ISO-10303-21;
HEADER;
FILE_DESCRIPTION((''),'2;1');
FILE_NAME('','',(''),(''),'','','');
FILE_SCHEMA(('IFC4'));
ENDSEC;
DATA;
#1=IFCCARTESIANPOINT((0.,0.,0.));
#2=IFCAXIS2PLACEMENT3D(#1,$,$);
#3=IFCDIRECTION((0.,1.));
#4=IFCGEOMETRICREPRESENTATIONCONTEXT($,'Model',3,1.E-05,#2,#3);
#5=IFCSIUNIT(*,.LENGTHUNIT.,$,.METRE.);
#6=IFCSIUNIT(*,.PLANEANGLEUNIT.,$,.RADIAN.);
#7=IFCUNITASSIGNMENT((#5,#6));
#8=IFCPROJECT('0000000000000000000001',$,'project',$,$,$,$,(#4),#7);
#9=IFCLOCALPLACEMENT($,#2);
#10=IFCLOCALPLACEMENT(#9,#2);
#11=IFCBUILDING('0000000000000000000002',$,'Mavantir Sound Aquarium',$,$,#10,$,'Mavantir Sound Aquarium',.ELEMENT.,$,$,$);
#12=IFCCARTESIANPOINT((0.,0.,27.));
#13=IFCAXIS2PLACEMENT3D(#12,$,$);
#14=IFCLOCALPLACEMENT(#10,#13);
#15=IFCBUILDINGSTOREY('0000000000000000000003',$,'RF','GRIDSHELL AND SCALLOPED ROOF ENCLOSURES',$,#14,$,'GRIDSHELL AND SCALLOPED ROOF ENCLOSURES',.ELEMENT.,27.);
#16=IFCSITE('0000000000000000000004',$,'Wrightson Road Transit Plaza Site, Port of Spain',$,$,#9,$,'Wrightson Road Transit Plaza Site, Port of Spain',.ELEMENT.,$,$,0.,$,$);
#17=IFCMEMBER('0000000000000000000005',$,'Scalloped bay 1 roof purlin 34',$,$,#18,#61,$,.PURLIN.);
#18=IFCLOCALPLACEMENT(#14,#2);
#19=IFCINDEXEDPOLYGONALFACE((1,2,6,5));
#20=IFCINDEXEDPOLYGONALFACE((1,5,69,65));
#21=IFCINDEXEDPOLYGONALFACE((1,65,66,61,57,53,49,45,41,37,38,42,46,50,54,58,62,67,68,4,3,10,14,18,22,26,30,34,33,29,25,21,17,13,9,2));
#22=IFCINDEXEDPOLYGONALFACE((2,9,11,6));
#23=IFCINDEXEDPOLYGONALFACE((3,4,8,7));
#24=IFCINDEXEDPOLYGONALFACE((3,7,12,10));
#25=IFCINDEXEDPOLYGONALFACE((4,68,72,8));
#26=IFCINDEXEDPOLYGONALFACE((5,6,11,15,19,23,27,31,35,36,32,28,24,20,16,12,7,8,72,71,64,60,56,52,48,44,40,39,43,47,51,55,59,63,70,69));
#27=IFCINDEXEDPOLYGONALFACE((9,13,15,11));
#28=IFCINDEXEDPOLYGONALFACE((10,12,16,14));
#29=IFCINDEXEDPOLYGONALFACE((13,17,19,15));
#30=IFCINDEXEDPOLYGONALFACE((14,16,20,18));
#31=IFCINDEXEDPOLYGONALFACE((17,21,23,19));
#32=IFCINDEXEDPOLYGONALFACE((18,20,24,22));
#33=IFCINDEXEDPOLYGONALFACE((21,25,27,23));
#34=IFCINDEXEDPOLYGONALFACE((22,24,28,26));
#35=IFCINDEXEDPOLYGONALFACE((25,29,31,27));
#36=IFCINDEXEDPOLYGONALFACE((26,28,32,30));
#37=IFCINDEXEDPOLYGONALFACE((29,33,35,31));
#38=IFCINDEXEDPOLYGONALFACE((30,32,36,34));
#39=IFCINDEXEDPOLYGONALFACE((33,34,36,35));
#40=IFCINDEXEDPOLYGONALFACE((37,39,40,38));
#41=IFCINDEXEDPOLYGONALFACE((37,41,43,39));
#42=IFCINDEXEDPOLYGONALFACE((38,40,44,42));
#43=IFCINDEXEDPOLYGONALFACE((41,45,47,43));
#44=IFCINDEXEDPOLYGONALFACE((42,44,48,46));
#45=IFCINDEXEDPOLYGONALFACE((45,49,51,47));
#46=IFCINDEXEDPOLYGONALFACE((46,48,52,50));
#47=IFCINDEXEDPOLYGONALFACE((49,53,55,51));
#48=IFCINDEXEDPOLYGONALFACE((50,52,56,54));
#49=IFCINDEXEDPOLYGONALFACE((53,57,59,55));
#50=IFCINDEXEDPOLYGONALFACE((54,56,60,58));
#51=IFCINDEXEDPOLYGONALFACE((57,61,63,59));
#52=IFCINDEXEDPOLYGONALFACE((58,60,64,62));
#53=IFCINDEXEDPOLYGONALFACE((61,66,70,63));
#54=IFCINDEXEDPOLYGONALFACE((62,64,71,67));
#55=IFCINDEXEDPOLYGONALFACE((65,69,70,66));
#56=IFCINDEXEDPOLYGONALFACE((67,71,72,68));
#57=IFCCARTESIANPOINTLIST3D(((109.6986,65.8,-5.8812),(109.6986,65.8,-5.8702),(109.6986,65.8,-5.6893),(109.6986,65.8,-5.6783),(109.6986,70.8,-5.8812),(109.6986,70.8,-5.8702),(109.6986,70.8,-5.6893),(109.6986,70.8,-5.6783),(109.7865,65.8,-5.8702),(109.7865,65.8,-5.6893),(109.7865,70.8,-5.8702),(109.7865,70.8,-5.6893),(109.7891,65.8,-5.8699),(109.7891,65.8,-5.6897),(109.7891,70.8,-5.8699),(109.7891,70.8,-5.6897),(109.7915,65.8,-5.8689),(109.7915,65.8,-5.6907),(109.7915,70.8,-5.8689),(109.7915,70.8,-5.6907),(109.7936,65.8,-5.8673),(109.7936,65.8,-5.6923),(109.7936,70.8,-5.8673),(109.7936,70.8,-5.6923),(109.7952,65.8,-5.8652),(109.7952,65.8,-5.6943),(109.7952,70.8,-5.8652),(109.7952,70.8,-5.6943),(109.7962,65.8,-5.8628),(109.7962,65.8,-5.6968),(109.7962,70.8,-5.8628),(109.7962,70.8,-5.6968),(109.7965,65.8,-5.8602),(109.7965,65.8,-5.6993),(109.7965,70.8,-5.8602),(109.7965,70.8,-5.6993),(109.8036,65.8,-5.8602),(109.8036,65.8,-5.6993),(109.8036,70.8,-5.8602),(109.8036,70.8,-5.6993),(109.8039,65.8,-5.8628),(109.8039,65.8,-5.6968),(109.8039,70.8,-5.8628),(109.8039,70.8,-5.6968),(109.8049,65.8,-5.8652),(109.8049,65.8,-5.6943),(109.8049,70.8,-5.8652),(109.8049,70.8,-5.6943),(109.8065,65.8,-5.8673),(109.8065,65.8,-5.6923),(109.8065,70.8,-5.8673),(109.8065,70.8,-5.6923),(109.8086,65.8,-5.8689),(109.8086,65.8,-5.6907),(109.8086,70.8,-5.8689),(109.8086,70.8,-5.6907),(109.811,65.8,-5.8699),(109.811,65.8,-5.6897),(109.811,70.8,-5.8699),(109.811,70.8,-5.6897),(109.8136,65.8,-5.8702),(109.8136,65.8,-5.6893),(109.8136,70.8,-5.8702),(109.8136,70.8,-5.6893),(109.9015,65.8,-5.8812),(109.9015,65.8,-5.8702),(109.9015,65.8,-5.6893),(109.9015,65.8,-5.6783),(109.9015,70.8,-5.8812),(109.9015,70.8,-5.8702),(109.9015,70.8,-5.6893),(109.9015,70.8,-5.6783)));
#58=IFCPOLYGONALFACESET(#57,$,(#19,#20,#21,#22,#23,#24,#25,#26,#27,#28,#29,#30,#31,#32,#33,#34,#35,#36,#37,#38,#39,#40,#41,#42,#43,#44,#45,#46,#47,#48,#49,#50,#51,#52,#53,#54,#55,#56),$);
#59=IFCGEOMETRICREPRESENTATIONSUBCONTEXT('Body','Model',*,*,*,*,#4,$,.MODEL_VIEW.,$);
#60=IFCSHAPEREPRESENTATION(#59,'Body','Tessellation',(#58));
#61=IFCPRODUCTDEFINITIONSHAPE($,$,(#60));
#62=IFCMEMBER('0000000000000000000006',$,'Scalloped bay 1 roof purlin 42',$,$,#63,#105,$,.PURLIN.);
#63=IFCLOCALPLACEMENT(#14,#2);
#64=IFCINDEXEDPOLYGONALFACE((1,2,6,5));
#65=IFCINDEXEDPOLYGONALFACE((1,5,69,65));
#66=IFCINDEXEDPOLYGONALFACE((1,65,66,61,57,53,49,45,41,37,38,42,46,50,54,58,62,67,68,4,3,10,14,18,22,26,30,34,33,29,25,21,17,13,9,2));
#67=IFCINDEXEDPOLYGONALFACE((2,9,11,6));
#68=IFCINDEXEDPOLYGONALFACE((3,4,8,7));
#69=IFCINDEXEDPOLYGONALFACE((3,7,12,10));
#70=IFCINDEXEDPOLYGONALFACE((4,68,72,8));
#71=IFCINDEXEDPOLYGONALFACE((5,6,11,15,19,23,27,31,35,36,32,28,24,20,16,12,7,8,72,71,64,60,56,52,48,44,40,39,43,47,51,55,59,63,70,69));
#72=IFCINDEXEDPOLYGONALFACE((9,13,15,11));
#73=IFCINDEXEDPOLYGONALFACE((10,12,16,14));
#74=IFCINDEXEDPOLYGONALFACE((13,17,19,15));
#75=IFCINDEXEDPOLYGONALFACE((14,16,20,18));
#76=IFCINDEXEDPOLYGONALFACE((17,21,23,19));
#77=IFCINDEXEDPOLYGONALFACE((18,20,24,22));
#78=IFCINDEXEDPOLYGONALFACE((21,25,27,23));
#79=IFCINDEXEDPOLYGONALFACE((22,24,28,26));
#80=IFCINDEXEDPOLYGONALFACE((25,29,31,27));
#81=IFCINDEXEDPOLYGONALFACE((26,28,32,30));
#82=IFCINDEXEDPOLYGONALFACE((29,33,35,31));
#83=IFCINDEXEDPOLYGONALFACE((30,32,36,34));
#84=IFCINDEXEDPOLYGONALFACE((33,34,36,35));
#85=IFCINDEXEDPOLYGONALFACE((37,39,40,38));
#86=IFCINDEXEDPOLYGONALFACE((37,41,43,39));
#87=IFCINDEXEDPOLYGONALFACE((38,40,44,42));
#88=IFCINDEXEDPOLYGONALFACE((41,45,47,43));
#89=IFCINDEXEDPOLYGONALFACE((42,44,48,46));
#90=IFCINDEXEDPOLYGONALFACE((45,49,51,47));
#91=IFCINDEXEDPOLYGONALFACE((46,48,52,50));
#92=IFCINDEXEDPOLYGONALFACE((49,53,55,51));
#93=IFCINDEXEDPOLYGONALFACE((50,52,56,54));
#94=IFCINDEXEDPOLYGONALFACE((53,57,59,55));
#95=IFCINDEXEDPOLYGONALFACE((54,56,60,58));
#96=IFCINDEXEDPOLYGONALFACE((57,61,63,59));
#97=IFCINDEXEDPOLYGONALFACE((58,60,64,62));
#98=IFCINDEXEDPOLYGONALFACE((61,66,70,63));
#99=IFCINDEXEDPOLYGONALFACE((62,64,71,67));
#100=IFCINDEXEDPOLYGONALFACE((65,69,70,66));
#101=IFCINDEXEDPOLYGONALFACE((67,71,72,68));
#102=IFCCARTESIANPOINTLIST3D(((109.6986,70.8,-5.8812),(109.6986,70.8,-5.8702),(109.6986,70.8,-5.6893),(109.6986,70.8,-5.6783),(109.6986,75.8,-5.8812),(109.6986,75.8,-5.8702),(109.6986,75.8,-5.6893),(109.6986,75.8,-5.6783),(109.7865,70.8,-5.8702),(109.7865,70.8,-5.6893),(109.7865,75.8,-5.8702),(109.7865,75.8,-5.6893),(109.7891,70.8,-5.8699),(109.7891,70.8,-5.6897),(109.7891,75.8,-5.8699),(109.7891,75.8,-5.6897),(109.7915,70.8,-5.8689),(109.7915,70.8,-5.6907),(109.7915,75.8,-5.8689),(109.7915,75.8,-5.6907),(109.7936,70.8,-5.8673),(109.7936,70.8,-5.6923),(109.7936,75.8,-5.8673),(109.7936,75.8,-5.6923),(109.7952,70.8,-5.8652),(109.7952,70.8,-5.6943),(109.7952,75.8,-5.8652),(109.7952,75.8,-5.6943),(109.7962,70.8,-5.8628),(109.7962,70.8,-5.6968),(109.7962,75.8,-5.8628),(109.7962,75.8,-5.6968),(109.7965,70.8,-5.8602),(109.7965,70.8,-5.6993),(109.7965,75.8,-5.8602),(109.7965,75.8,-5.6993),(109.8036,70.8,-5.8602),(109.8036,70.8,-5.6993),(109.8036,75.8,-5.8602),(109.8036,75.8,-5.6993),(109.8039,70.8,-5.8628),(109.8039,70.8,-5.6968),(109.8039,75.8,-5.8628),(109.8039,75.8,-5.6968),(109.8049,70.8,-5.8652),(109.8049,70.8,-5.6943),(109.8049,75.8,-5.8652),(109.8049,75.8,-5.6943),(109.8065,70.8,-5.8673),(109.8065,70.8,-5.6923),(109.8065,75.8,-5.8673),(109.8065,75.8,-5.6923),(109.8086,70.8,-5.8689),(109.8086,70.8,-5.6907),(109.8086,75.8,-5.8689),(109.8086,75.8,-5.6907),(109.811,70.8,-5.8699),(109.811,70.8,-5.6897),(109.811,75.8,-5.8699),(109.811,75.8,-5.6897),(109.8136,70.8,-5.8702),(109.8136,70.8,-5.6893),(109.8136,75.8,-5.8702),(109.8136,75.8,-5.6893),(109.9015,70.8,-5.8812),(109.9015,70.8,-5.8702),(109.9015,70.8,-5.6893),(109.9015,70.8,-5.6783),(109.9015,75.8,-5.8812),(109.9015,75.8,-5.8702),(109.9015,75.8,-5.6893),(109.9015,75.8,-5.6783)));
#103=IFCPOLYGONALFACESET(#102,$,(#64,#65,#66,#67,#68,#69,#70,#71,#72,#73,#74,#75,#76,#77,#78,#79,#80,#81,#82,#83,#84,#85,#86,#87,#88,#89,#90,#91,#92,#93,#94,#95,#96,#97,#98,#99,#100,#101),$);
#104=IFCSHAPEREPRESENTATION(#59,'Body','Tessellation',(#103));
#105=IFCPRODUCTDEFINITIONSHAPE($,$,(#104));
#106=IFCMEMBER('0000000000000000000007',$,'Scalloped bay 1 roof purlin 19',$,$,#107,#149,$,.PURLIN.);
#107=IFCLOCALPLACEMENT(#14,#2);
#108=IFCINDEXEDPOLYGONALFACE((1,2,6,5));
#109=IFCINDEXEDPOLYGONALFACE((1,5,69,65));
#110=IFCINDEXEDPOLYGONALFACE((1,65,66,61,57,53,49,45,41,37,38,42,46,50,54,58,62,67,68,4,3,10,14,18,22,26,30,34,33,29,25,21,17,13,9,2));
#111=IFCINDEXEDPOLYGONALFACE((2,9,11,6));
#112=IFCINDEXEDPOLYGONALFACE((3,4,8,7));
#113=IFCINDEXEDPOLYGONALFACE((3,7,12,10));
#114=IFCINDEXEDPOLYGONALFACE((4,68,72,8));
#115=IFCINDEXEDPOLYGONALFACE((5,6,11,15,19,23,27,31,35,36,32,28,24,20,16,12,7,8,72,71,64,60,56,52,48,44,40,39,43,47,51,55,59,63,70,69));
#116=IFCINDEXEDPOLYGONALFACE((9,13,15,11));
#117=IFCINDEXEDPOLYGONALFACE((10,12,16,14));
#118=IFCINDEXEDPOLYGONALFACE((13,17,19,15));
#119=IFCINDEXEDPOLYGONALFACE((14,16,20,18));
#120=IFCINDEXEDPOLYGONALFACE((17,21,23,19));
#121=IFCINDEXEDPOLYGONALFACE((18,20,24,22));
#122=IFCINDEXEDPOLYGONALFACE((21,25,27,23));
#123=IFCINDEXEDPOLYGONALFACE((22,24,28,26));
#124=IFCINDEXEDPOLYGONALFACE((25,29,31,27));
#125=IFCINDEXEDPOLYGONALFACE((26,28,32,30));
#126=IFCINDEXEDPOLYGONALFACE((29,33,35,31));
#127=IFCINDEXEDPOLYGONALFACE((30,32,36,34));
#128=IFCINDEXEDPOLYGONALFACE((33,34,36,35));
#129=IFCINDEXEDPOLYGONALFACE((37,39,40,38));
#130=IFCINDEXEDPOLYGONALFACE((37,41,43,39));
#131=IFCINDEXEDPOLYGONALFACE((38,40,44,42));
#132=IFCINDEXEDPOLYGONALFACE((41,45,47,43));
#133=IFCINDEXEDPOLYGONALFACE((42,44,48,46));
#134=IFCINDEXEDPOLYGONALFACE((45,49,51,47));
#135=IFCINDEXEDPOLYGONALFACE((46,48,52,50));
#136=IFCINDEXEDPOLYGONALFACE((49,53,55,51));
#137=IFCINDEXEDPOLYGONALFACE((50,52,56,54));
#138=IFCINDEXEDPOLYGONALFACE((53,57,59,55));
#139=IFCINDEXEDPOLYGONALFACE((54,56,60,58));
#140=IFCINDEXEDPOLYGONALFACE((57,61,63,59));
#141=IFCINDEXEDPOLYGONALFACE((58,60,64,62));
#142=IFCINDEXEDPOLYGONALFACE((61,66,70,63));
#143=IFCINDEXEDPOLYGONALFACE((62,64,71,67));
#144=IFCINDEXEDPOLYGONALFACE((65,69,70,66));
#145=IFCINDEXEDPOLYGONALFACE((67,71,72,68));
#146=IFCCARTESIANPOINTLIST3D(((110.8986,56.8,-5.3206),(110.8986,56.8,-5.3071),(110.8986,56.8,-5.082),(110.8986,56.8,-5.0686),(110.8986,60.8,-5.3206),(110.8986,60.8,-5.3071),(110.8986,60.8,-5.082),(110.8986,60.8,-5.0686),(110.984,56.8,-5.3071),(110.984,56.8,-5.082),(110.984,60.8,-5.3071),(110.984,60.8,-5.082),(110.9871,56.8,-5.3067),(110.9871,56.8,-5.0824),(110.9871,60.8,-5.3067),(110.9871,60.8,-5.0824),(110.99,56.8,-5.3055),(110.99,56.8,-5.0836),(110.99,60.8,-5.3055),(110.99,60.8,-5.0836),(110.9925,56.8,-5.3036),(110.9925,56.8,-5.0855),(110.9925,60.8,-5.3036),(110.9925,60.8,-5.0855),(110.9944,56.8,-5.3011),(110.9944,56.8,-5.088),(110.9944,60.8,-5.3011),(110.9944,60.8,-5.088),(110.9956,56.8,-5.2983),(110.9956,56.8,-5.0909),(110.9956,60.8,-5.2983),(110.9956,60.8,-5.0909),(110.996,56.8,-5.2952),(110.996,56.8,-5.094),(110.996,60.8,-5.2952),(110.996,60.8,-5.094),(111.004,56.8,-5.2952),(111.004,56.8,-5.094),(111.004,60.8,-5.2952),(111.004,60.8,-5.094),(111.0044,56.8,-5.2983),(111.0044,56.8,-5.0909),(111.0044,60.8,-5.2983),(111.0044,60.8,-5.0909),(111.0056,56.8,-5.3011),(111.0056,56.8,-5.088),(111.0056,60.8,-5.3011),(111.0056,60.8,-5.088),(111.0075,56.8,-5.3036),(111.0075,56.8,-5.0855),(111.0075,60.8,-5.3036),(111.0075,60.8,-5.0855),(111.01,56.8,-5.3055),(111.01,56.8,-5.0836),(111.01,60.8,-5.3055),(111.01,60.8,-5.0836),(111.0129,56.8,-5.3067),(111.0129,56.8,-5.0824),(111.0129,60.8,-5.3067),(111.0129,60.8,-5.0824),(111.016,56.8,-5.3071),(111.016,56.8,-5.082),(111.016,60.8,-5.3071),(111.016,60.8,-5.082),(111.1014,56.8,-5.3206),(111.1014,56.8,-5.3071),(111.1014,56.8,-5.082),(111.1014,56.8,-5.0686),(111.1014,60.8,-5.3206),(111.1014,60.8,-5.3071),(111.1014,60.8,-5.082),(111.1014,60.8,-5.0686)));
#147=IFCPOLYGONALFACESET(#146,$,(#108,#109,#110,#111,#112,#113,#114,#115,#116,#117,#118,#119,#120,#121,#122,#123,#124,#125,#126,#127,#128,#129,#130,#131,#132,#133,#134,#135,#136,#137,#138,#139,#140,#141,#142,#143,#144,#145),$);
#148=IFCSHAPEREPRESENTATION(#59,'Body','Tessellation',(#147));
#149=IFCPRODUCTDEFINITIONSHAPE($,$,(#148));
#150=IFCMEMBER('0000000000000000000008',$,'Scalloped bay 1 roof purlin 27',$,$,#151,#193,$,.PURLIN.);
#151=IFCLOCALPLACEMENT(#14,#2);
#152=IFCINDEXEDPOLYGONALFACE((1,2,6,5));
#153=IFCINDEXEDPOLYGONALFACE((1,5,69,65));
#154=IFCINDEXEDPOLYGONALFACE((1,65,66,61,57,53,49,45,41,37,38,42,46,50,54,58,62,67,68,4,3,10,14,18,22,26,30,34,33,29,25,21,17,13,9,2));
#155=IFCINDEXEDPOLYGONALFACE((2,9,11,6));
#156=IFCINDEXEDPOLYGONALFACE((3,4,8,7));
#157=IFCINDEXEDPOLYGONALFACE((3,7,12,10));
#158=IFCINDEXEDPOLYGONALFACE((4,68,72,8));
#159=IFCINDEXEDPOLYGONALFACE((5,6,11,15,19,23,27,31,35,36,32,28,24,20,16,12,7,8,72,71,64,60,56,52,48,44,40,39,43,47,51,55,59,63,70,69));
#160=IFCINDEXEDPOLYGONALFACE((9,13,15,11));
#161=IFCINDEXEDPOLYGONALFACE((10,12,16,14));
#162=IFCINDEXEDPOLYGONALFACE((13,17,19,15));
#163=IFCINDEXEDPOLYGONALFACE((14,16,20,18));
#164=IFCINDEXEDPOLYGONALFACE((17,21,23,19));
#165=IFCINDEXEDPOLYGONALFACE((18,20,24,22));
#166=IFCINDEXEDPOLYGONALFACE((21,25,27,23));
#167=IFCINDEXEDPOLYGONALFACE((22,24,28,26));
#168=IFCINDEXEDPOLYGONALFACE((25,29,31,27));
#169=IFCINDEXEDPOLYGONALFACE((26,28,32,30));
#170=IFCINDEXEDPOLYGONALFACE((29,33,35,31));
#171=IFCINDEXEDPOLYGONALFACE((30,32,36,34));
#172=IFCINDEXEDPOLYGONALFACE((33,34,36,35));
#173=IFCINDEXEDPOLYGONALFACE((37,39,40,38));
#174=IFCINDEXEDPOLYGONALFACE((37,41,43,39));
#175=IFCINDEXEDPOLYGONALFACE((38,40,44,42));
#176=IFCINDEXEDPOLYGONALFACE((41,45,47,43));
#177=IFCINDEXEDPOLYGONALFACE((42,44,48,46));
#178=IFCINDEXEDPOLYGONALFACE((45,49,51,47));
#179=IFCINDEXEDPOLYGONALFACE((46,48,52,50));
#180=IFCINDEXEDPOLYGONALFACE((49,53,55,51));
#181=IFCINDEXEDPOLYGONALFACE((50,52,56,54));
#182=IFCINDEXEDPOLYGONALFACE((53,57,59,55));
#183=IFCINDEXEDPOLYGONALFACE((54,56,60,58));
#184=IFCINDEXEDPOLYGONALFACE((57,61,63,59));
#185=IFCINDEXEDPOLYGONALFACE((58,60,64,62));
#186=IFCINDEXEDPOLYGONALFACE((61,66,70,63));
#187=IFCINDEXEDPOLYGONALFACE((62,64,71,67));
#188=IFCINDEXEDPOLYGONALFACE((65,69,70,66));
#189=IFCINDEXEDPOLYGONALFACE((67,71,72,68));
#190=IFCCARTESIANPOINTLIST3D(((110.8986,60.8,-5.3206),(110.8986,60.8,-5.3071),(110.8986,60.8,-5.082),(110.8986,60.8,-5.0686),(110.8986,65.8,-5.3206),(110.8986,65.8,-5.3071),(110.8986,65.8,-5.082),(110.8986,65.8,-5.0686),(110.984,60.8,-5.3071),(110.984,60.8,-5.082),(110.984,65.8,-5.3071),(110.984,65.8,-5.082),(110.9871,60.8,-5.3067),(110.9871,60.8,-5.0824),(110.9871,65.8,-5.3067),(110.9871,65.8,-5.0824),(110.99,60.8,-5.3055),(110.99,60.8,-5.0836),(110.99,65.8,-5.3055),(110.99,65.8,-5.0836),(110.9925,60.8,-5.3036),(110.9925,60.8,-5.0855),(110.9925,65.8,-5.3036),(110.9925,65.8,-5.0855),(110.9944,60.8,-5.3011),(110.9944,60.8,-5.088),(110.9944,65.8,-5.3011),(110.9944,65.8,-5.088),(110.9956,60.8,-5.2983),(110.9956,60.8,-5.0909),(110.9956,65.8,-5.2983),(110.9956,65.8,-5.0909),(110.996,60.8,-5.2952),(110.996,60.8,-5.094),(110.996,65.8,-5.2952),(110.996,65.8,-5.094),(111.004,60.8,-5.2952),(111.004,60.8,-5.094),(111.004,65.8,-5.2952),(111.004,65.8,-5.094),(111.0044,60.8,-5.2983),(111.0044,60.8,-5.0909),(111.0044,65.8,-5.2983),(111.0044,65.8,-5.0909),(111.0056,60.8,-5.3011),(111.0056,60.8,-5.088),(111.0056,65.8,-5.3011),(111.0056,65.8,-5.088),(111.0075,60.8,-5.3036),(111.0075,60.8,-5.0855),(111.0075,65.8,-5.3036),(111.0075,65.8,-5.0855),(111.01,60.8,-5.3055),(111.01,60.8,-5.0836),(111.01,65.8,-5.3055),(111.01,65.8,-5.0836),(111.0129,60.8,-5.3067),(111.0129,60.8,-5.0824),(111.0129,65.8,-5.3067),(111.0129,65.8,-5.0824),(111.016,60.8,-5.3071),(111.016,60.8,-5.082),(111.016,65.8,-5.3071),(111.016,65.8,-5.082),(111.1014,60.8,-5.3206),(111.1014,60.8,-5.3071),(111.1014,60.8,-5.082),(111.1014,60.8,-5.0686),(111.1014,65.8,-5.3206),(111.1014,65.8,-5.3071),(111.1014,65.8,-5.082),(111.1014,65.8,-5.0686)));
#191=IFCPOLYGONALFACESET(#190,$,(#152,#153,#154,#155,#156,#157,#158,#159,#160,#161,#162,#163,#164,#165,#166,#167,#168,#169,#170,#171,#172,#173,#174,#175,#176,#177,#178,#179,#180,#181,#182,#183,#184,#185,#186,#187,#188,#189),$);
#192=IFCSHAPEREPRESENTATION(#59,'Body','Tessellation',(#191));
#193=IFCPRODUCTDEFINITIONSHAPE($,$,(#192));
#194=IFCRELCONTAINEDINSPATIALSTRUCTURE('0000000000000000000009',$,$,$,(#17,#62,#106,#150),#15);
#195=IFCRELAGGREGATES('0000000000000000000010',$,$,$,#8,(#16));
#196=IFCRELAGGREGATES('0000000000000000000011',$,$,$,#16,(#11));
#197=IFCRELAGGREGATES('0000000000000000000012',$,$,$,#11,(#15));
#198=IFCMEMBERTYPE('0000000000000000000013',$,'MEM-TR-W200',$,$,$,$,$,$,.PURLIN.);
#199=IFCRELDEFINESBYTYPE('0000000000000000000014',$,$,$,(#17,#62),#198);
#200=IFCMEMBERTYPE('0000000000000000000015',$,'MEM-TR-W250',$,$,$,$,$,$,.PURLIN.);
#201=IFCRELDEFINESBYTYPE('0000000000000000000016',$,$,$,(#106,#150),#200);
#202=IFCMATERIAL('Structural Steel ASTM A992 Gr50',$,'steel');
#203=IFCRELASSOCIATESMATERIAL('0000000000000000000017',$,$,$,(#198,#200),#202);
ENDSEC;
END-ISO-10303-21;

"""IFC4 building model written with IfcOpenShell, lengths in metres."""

from ifc_helpers import new_model, si_unit, direction, frame, origin, origin_2d, place, context, subcontext, project, spatial, i_section, extrude, material, material_profile, profile_set, type_object, element, save


model = new_model("IFC4")

# Units and contexts
model_context = context("Model", 3, precision=1e-05, world=origin(), true_north=direction((0.0, 1.0)))
body_context = subcontext(model_context, "Body", "Model", "MODEL_VIEW")
ifc_project = project(units=[si_unit("LENGTHUNIT", "METRE"), si_unit("PLANEANGLEUNIT", "RADIAN")], contexts=[model_context])

# Site, building, storey
site_placement = place(None, origin())
site = spatial("IfcSite", under=ifc_project, at=site_placement, Name="Wrightson Road Transit Plaza Site, Port of Spain", LongName="Wrightson Road Transit Plaza Site, Port of Spain", CompositionType="ELEMENT", RefElevation=0.0)
building_placement = place(site_placement, origin())
building = spatial("IfcBuilding", under=site, at=building_placement, Name="Mavantir Sound Aquarium", LongName="Mavantir Sound Aquarium", CompositionType="ELEMENT")
storey_placement = place(building_placement, frame((0.0, 0.0, 27.0)))
storey = spatial("IfcBuildingStorey", under=building, at=storey_placement, Name="RF", Description="GRIDSHELL AND SCALLOPED ROOF ENCLOSURES", LongName="GRIDSHELL AND SCALLOPED ROOF ENCLOSURES", CompositionType="ELEMENT", Elevation=27.0)

# Members
ifc_material_1 = material(Name="Structural Steel ASTM A992 Gr50", Category="steel")
ifc_material_profile_1 = material_profile(ifc_material_1, i_section(OverallWidth=0.2029, OverallDepth=0.2029, WebThickness=0.0071, FlangeThickness=0.011, FilletRadius=0.01, at=origin_2d()), Name="W200X46")
ifc_profile_set_1 = profile_set([ifc_material_profile_1], Name="Structural Steel ASTM A992 Gr50")
member_type_1 = type_object("IfcMemberType", Name="MEM-TR-W200", PredefinedType="PURLIN", material=ifc_profile_set_1)
for number, where, z_axis, x_axis, name in (
    (1, (109.8, 65.8, -5.7798), (0.0, 1.0, 0.0), (-1.0, 0.0, 0.0), "Scalloped bay 1 roof purlin 34"),
    (2, (109.8, 70.8, -5.7798), (0.0, 1.0, 0.0), (-1.0, 0.0, 0.0), "Scalloped bay 1 roof purlin 42"),
):
    element("IfcMember", number, at=place(storey_placement, frame(where, z_axis=z_axis, x_axis=x_axis)), inside=storey, type_object=member_type_1, Name=name, PredefinedType="PURLIN", context=body_context, shape_type="SweptSolid", body=[
        extrude(i_section(OverallWidth=0.2029, OverallDepth=0.2029, WebThickness=0.0071, FlangeThickness=0.011, FilletRadius=0.01, at=origin_2d()), origin(), (0.0, 0.0, 1.0), 5.0),
    ])
ifc_material_profile_2 = material_profile(ifc_material_1, i_section(OverallWidth=0.2029, OverallDepth=0.252, WebThickness=0.0081, FlangeThickness=0.0134, FilletRadius=0.012, at=origin_2d()), Name="W250X58")
ifc_profile_set_2 = profile_set([ifc_material_profile_2], Name="Structural Steel ASTM A992 Gr50")
member_type_2 = type_object("IfcMemberType", Name="MEM-TR-W250", PredefinedType="PURLIN", material=ifc_profile_set_2)
member_1_placement = place(storey_placement, frame((111.0, 56.8, -5.1946), z_axis=(0.0, 1.0, 0.0), x_axis=(-1.0, 0.0, 0.0)))
element("IfcMember", 3, at=member_1_placement, inside=storey, type_object=member_type_2, Name="Scalloped bay 1 roof purlin 19", PredefinedType="PURLIN", context=body_context, shape_type="SweptSolid", body=[
    extrude(i_section(OverallWidth=0.2029, OverallDepth=0.252, WebThickness=0.0081, FlangeThickness=0.0134, FilletRadius=0.012, at=origin_2d()), origin(), (0.0, 0.0, 1.0), 4.0),
])
for number, where, z_axis, x_axis, name in (
    (4, (111.0, 60.8, -5.1946), (0.0, 1.0, 0.0), (-1.0, 0.0, 0.0), "Scalloped bay 1 roof purlin 27"),
):
    element("IfcMember", number, at=place(storey_placement, frame(where, z_axis=z_axis, x_axis=x_axis)), inside=storey, type_object=member_type_2, Name=name, PredefinedType="PURLIN", context=body_context, shape_type="SweptSolid", body=[
        extrude(i_section(OverallWidth=0.2029, OverallDepth=0.252, WebThickness=0.0081, FlangeThickness=0.0134, FilletRadius=0.012, at=origin_2d()), origin(), (0.0, 0.0, 1.0), 5.0),
    ])

save(model, "model.ifc")
